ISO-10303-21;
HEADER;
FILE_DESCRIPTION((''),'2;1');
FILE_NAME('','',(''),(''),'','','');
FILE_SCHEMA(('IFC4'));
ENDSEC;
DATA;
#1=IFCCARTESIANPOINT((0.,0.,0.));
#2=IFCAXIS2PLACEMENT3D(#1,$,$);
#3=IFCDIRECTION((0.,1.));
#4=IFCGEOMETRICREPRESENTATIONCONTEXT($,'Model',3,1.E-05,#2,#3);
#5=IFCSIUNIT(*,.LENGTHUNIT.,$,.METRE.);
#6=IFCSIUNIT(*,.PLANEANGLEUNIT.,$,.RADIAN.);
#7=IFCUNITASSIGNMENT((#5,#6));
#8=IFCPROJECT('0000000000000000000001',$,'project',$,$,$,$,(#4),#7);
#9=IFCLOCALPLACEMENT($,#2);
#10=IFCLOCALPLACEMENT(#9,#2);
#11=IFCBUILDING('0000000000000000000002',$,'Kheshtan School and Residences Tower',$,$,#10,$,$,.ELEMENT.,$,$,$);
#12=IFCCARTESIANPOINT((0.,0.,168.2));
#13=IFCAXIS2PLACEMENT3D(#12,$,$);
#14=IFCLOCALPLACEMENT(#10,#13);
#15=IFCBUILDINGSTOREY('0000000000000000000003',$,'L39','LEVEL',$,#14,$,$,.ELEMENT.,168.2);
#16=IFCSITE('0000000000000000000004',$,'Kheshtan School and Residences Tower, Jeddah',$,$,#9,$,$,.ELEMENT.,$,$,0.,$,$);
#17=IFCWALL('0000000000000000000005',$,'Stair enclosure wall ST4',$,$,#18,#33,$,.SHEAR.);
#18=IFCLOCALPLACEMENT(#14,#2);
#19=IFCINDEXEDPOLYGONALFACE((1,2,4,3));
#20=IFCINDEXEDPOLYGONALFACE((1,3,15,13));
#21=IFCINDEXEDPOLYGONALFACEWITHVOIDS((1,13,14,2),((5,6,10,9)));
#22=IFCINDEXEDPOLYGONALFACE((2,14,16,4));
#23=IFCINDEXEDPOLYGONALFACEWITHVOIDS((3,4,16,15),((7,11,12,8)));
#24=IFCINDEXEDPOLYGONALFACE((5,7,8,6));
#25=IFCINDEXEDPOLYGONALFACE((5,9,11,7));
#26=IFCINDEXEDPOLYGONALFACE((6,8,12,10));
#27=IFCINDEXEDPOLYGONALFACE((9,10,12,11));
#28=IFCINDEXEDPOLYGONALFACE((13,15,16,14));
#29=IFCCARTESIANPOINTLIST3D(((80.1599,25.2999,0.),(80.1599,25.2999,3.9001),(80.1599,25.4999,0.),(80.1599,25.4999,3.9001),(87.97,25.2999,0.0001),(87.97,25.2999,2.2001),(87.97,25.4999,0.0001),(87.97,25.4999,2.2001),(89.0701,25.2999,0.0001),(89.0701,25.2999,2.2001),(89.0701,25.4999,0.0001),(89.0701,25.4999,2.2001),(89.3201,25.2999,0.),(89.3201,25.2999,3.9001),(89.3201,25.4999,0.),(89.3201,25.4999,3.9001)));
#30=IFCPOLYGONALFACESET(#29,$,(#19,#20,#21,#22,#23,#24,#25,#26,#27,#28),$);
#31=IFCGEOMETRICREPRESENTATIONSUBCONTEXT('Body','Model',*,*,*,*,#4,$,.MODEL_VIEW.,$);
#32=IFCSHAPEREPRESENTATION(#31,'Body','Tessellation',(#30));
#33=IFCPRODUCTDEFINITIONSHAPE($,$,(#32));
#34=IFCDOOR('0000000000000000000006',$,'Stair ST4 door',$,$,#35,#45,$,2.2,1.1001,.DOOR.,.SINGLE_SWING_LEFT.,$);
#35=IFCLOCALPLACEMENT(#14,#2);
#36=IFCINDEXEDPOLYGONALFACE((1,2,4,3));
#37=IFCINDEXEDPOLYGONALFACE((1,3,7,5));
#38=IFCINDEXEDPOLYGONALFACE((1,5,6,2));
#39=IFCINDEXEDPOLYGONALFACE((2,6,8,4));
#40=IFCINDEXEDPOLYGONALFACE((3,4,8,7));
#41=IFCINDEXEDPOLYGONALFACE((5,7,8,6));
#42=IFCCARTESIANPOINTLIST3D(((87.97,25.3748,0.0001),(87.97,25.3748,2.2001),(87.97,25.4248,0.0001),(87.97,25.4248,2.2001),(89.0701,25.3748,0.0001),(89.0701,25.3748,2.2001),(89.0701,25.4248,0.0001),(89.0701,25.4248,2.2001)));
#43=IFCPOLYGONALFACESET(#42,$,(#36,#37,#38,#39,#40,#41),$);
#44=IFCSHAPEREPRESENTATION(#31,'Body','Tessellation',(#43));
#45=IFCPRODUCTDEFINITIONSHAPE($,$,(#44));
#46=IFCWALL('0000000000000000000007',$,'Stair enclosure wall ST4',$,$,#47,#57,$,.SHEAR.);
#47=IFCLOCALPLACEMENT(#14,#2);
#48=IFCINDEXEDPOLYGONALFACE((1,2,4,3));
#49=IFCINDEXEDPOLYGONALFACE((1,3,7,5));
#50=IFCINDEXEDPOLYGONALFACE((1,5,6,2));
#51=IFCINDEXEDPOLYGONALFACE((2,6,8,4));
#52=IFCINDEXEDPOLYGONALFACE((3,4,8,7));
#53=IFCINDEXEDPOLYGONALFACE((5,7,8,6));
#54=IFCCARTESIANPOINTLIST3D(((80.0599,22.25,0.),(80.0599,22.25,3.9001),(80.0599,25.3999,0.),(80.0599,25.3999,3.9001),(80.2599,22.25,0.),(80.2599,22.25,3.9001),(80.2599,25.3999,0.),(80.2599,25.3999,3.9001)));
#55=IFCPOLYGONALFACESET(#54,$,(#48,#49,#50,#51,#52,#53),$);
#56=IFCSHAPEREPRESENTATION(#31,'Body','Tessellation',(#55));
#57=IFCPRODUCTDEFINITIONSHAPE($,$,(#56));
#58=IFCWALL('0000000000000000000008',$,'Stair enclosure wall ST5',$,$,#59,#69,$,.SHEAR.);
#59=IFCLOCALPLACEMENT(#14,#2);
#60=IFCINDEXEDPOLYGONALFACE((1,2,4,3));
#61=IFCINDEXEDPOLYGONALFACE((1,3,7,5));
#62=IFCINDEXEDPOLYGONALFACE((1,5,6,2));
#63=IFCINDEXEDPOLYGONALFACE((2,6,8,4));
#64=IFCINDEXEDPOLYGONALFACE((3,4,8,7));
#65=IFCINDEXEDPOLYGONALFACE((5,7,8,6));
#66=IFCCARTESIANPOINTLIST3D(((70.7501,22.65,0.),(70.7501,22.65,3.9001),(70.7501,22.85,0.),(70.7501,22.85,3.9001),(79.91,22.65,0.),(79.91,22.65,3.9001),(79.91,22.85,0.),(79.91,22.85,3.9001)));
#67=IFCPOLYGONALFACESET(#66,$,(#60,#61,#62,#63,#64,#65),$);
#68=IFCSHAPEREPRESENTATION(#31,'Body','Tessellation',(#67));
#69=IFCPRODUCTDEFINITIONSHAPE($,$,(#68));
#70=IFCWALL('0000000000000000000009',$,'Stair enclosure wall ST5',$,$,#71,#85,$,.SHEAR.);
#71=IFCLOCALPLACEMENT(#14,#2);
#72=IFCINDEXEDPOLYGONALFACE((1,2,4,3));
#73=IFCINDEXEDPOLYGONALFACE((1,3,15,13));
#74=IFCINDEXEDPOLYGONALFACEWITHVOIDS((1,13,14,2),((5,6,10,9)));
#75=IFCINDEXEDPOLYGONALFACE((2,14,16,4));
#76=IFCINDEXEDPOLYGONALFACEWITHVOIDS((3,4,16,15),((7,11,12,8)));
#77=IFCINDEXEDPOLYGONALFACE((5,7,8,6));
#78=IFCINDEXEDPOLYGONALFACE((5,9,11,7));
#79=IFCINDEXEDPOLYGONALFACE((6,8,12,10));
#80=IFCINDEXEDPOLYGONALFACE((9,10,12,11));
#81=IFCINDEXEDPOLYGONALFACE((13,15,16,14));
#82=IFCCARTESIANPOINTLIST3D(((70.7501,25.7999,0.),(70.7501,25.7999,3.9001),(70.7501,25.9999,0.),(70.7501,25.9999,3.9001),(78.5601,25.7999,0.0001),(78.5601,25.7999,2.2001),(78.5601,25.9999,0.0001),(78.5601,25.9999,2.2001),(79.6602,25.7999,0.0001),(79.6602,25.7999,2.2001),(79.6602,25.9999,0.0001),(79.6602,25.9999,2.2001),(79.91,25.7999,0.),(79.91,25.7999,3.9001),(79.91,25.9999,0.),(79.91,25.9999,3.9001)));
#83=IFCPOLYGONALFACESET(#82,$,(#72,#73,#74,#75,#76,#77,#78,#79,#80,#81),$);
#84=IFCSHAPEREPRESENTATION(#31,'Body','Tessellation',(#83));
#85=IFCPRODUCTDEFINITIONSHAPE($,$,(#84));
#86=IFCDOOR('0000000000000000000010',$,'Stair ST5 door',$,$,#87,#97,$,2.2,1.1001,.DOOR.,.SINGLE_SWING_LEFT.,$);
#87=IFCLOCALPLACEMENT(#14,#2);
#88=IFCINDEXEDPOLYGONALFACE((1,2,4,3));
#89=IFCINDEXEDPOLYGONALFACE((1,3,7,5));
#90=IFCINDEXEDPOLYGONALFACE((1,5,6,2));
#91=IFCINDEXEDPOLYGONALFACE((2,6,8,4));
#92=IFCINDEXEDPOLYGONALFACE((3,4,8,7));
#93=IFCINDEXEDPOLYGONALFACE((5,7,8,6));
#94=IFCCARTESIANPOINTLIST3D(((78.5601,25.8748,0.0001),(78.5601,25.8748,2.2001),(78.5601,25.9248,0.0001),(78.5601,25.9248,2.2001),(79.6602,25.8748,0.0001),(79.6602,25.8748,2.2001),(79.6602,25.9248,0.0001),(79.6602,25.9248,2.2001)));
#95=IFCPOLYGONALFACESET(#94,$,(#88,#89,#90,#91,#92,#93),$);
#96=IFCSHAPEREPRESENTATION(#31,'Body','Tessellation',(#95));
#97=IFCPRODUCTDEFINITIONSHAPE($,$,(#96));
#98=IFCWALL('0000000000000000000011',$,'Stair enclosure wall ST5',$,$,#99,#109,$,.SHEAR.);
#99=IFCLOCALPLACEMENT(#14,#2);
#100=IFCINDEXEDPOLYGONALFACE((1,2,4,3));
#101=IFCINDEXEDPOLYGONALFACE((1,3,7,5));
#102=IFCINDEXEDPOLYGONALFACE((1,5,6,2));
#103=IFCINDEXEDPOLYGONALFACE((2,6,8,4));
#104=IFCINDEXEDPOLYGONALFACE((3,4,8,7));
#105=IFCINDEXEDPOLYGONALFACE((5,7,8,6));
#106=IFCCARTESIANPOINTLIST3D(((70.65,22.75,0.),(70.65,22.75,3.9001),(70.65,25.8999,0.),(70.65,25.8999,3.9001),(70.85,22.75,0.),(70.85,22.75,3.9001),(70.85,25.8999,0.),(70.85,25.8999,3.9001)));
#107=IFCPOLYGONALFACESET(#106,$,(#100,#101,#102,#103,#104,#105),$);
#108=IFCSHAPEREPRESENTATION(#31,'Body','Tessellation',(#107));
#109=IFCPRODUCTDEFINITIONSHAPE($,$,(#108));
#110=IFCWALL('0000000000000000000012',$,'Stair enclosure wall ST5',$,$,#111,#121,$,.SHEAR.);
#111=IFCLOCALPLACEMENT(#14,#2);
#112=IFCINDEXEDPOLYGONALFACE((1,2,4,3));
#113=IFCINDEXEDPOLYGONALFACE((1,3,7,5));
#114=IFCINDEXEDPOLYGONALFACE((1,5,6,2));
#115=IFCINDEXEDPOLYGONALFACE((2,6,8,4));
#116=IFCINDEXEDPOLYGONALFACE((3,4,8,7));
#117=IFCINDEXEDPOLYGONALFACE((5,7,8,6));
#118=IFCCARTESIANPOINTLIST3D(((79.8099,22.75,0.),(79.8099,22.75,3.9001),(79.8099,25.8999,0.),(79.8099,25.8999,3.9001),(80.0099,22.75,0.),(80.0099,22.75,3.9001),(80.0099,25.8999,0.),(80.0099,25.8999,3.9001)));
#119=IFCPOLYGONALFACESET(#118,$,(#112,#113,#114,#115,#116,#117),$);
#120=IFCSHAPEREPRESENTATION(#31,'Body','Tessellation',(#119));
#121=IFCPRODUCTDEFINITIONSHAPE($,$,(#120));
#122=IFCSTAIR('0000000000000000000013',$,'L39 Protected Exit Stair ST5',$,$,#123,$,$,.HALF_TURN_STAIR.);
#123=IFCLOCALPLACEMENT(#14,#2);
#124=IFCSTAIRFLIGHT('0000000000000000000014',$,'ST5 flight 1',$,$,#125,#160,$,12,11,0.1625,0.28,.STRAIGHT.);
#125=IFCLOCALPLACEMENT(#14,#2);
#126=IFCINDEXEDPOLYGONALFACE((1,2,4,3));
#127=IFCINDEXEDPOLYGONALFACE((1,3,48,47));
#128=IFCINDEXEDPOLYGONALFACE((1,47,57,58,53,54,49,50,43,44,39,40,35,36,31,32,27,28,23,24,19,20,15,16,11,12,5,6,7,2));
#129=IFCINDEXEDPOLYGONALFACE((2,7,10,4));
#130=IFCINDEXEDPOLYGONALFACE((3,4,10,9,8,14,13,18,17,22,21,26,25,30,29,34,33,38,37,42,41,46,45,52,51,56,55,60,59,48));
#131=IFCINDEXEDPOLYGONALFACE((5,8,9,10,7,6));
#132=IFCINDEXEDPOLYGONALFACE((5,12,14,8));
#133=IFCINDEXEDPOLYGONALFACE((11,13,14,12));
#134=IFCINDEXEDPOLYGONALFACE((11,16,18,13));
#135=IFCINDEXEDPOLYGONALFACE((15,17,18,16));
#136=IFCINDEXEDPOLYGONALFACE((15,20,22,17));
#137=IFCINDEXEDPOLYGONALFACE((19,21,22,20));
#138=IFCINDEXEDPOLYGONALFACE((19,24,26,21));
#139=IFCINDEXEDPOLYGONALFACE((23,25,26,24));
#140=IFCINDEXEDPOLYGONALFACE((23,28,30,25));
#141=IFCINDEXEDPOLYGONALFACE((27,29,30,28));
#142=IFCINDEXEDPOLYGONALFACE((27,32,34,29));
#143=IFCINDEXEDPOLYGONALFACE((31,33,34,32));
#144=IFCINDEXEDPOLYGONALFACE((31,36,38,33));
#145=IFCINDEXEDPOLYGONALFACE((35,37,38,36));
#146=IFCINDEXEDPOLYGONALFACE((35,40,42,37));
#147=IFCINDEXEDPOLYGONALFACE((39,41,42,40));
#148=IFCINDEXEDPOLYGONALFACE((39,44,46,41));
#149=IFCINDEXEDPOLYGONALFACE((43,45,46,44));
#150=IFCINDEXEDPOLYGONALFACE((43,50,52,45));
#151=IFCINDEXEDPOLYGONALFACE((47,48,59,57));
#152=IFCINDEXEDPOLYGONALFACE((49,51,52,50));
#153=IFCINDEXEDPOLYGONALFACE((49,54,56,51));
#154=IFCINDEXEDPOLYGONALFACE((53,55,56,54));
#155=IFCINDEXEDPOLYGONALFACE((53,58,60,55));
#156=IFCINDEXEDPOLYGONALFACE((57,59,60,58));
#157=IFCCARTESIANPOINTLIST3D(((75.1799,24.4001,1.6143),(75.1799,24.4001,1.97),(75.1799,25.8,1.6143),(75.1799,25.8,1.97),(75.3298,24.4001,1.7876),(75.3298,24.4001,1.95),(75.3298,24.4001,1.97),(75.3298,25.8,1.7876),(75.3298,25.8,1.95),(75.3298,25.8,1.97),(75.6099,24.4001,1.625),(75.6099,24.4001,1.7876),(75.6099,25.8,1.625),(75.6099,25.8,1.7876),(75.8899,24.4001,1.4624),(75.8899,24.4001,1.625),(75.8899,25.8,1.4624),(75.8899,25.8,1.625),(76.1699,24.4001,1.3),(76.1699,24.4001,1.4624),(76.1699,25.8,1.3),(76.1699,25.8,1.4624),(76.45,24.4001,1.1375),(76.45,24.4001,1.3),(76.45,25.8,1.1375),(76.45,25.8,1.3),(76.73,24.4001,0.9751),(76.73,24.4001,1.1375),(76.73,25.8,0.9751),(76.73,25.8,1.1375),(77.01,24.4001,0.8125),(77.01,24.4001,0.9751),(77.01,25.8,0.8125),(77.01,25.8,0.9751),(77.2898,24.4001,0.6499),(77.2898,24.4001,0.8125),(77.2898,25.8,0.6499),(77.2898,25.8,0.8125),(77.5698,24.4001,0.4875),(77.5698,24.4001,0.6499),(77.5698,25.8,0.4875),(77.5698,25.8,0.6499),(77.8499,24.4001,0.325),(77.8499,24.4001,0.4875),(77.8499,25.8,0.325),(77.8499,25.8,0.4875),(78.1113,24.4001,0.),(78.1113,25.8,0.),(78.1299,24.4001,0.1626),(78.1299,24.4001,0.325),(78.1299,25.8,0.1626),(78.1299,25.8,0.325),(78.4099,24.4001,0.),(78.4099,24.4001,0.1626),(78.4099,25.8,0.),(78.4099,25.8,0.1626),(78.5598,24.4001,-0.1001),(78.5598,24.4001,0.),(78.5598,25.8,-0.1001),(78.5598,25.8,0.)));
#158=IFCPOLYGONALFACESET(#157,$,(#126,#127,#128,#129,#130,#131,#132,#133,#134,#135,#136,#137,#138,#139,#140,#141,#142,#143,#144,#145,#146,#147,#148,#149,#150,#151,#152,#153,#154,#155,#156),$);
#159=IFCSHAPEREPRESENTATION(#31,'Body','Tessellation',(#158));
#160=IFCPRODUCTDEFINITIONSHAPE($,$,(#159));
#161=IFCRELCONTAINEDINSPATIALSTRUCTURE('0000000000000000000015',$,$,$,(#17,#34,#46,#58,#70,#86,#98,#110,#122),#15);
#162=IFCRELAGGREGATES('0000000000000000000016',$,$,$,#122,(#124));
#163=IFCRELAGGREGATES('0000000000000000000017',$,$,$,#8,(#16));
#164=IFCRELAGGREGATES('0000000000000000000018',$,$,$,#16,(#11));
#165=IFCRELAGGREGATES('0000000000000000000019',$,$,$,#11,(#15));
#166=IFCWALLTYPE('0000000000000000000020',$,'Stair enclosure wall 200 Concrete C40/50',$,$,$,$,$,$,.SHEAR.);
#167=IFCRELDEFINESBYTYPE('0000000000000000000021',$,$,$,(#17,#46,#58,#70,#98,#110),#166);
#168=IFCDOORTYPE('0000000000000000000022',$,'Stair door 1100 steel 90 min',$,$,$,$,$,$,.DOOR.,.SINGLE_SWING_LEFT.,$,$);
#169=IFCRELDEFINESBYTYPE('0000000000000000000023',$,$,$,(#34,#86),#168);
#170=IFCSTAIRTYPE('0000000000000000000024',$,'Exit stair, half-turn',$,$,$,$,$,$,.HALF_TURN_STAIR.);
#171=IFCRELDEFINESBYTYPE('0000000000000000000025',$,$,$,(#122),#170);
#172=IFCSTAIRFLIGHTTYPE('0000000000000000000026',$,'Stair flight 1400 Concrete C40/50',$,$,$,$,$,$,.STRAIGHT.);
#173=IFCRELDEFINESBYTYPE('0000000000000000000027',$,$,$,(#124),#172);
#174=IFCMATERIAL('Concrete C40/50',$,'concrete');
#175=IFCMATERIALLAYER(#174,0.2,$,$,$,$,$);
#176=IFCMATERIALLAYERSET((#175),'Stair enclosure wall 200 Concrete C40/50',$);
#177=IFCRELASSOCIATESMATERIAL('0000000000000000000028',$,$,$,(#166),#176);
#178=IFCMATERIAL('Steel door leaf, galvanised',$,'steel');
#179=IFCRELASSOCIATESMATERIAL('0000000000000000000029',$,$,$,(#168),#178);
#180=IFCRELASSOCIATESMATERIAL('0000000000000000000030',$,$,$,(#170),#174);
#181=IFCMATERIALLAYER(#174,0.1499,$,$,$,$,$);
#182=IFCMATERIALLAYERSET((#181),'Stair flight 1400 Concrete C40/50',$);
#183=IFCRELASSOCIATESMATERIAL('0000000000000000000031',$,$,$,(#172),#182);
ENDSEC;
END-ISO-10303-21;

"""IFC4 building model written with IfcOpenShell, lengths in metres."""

from ifc_helpers import new_model, si_unit, direction, frame, frame_2d, origin, place, context, subcontext, project, spatial, polyline, rectangle, outline, extrude, source, transform, mapped, material, layer, layer_set, type_object, element, fill, aggregate, save


model = new_model("IFC4")

# Units and contexts
model_context = context("Model", 3, precision=1e-05, world=origin(), true_north=direction((0.0, 1.0)))
body_context = subcontext(model_context, "Body", "Model", "MODEL_VIEW")
ifc_project = project(units=[si_unit("LENGTHUNIT", "METRE"), si_unit("PLANEANGLEUNIT", "RADIAN")], contexts=[model_context])

# Site, building, storey
site_placement = place(None, origin())
site = spatial("IfcSite", under=ifc_project, at=site_placement, Name="Kheshtan School and Residences Tower, Jeddah", CompositionType="ELEMENT", RefElevation=0.0)
building_placement = place(site_placement, origin())
building = spatial("IfcBuilding", under=site, at=building_placement, Name="Kheshtan School and Residences Tower", CompositionType="ELEMENT")
storey_placement = place(building_placement, frame((0.0, 0.0, 168.2)))
storey = spatial("IfcBuildingStorey", under=building, at=storey_placement, Name="L39", Description="LEVEL", CompositionType="ELEMENT", Elevation=168.2)

# Shared definitions
ifc_material_1 = material(Name="Concrete C40/50", Category="concrete")
ifc_layer_1 = layer(ifc_material_1, 0.2)
ifc_layer_set_1 = layer_set([ifc_layer_1], Name="Stair enclosure wall 200 Concrete C40/50")
wall_type_1 = type_object("IfcWallType", Name="Stair enclosure wall 200 Concrete C40/50", PredefinedType="SHEAR", material=ifc_layer_set_1)

# Wall, opening, door
wall_1_placement = place(storey_placement, frame((80.1599, 25.3999, 0.0), z_axis=(0.0, 0.0, 1.0), x_axis=(1.0, 0.0, 0.0)))
wall_1 = element("IfcWall", 1, at=wall_1_placement, inside=storey, type_object=wall_type_1, Name="Stair enclosure wall ST4", PredefinedType="SHEAR", context=body_context, shape_type="SweptSolid", body=[
    extrude(rectangle(XDim=9.1602, YDim=0.2, at=frame_2d((4.5801, 0.0))), origin(), (0.0, 0.0, 1.0), 3.9001),
])
opening_1_placement = place(wall_1_placement, frame((7.8101, 0.0, 0.0)))
opening_1 = element("IfcOpeningElement", 2, at=opening_1_placement, cuts=wall_1, PredefinedType="OPENING", context=body_context, shape_type="SweptSolid", body=[
    extrude(rectangle(XDim=1.1001, YDim=2.2, at=frame_2d((0.55, 1.1001))), frame((0.0, 0.1099, 0.0), z_axis=(0.0, -1.0, 0.0), x_axis=(1.0, 0.0, 0.0)), (0.0, 0.0, 1.0), 0.22),
])
ifc_material_2 = material(Name="Steel door leaf, galvanised", Category="steel")
door_type = type_object("IfcDoorType", Name="Stair door 1100 steel 90 min", OperationType="SINGLE_SWING_LEFT", PredefinedType="DOOR", material=ifc_material_2)
shared_shape = source(origin(), body_context, "Body", "SweptSolid", [
    extrude(rectangle(XDim=1.1001, YDim=2.2, at=frame_2d((0.55, 1.1001))), frame((0.0, 0.0249, 0.0), z_axis=(0.0, -1.0, 0.0), x_axis=(1.0, 0.0, 0.0)), (0.0, 0.0, 1.0), 0.05),
])
door_1_placement = place(opening_1_placement, origin())
door_1 = element("IfcDoor", 3, at=door_1_placement, inside=storey, type_object=door_type, Name="Stair ST4 door", OperationType="SINGLE_SWING_LEFT", OverallHeight=2.2, OverallWidth=1.1001, PredefinedType="DOOR", context=body_context, shape_type="MappedRepresentation", body=[
    mapped(shared_shape, transform((0.0, 0.0, 0.0), x_axis=(1.0, 0.0, 0.0), y_axis=(0.0, 1.0, 0.0), z_axis=(0.0, 0.0, 1.0), scale=1.0)),
])
fill(opening_1, door_1)

# Walls
wall_2_placement = place(storey_placement, frame((80.1599, 22.25, 0.0), z_axis=(0.0, 0.0, 1.0), x_axis=(0.0, 1.0, 0.0)))
element("IfcWall", 4, at=wall_2_placement, inside=storey, type_object=wall_type_1, Name="Stair enclosure wall ST4", PredefinedType="SHEAR", context=body_context, shape_type="SweptSolid", body=[
    extrude(rectangle(XDim=3.1499, YDim=0.2, at=frame_2d((1.575, 0.0))), origin(), (0.0, 0.0, 1.0), 3.9001),
])
wall_3_placement = place(storey_placement, frame((70.75, 22.75, 0.0), z_axis=(0.0, 0.0, 1.0), x_axis=(1.0, 0.0, 0.0)))
element("IfcWall", 5, at=wall_3_placement, inside=storey, type_object=wall_type_1, Name="Stair enclosure wall ST5", PredefinedType="SHEAR", context=body_context, shape_type="SweptSolid", body=[
    extrude(rectangle(XDim=9.1599, YDim=0.2, at=frame_2d((4.5801, 0.0))), origin(), (0.0, 0.0, 1.0), 3.9001),
])

# Wall, opening, door
wall_4_placement = place(storey_placement, frame((70.75, 25.8999, 0.0), z_axis=(0.0, 0.0, 1.0), x_axis=(1.0, 0.0, 0.0)))
wall_4 = element("IfcWall", 6, at=wall_4_placement, inside=storey, type_object=wall_type_1, Name="Stair enclosure wall ST5", PredefinedType="SHEAR", context=body_context, shape_type="SweptSolid", body=[
    extrude(rectangle(XDim=9.1599, YDim=0.2, at=frame_2d((4.5801, 0.0))), origin(), (0.0, 0.0, 1.0), 3.9001),
])
opening_2_placement = place(wall_4_placement, frame((7.8101, 0.0, 0.0)))
opening_2 = element("IfcOpeningElement", 7, at=opening_2_placement, cuts=wall_4, PredefinedType="OPENING", context=body_context, shape_type="SweptSolid", body=[
    extrude(rectangle(XDim=1.1001, YDim=2.2, at=frame_2d((0.55, 1.1001))), frame((0.0, 0.1099, 0.0), z_axis=(0.0, -1.0, 0.0), x_axis=(1.0, 0.0, 0.0)), (0.0, 0.0, 1.0), 0.22),
])
door_2_placement = place(opening_2_placement, origin())
door_2 = element("IfcDoor", 8, at=door_2_placement, inside=storey, type_object=door_type, Name="Stair ST5 door", OperationType="SINGLE_SWING_LEFT", OverallHeight=2.2, OverallWidth=1.1001, PredefinedType="DOOR", context=body_context, shape_type="MappedRepresentation", body=[
    mapped(shared_shape, transform((0.0, 0.0, 0.0), x_axis=(1.0, 0.0, 0.0), y_axis=(0.0, 1.0, 0.0), z_axis=(0.0, 0.0, 1.0), scale=1.0)),
])
fill(opening_2, door_2)

# Walls
for number, where, z_axis, x_axis, name in (
    (9, (70.75, 22.75, 0.0), (0.0, 0.0, 1.0), (0.0, 1.0, 0.0), "Stair enclosure wall ST5"),
    (10, (79.9099, 22.75, 0.0), (0.0, 0.0, 1.0), (0.0, 1.0, 0.0), "Stair enclosure wall ST5"),
):
    element("IfcWall", number, at=place(storey_placement, frame(where, z_axis=z_axis, x_axis=x_axis)), inside=storey, type_object=wall_type_1, Name=name, PredefinedType="SHEAR", context=body_context, shape_type="SweptSolid", body=[
        extrude(rectangle(XDim=3.1499, YDim=0.2, at=frame_2d((1.575, 0.0))), origin(), (0.0, 0.0, 1.0), 3.9001),
    ])

# Stair, stair flight
stair_type = type_object("IfcStairType", Name="Exit stair, half-turn", PredefinedType="HALF_TURN_STAIR", material=ifc_material_1)
stair_placement = place(storey_placement, origin())
stair = element("IfcStair", 11, at=stair_placement, inside=storey, type_object=stair_type, Name="L39 Protected Exit Stair ST5", PredefinedType="HALF_TURN_STAIR")
ifc_layer_2 = layer(ifc_material_1, 0.1499)
ifc_layer_set_2 = layer_set([ifc_layer_2], Name="Stair flight 1400 Concrete C40/50")
stair_flight_type = type_object("IfcStairFlightType", Name="Stair flight 1400 Concrete C40/50", PredefinedType="STRAIGHT", material=ifc_layer_set_2)
stair_flight_1_placement = place(storey_placement, frame((78.4099, 25.1001, 0.0), z_axis=(0.0, 0.0, 1.0), x_axis=(-1.0, 0.0, 0.0)))
stair_flight_1 = element("IfcStairFlight", 12, at=stair_flight_1_placement, type_object=stair_flight_type, Name="ST5 flight 1", NumberOfRisers=12, NumberOfTreads=11, PredefinedType="STRAIGHT", RiserHeight=0.1625, TreadLength=0.28, context=body_context, shape_type="SweptSolid", body=[
    extrude(outline(polyline([(-0.1499, -0.1001), (-0.1499, 0.0), (0.0, 0.0), (0.0, 0.1626), (0.28, 0.1626), (0.28, 0.325), (0.5601, 0.325), (0.5601, 0.4875), (0.8401, 0.4875), (0.8401, 0.6499), (1.1201, 0.6499), (1.1201, 0.8125), (1.3999, 0.8125), (1.3999, 0.9751), (1.6799, 0.9751), (1.6799, 1.1375), (1.96, 1.1375), (1.96, 1.3), (2.24, 1.3), (2.24, 1.4624), (2.52, 1.4624), (2.52, 1.625), (2.8, 1.625), (2.8, 1.7876), (3.0801, 1.7876), (3.0801, 1.95), (3.0801, 1.97), (3.23, 1.97), (3.23, 1.6143), (0.2986, 0.0), (-0.1499, -0.1001)])), frame((0.0, 0.7, 0.0), z_axis=(0.0, -1.0, 0.0), x_axis=(1.0, 0.0, 0.0)), (0.0, 0.0, 1.0), 1.3999),
])
aggregate(stair, [stair_flight_1])

save(model, "model.ifc")
